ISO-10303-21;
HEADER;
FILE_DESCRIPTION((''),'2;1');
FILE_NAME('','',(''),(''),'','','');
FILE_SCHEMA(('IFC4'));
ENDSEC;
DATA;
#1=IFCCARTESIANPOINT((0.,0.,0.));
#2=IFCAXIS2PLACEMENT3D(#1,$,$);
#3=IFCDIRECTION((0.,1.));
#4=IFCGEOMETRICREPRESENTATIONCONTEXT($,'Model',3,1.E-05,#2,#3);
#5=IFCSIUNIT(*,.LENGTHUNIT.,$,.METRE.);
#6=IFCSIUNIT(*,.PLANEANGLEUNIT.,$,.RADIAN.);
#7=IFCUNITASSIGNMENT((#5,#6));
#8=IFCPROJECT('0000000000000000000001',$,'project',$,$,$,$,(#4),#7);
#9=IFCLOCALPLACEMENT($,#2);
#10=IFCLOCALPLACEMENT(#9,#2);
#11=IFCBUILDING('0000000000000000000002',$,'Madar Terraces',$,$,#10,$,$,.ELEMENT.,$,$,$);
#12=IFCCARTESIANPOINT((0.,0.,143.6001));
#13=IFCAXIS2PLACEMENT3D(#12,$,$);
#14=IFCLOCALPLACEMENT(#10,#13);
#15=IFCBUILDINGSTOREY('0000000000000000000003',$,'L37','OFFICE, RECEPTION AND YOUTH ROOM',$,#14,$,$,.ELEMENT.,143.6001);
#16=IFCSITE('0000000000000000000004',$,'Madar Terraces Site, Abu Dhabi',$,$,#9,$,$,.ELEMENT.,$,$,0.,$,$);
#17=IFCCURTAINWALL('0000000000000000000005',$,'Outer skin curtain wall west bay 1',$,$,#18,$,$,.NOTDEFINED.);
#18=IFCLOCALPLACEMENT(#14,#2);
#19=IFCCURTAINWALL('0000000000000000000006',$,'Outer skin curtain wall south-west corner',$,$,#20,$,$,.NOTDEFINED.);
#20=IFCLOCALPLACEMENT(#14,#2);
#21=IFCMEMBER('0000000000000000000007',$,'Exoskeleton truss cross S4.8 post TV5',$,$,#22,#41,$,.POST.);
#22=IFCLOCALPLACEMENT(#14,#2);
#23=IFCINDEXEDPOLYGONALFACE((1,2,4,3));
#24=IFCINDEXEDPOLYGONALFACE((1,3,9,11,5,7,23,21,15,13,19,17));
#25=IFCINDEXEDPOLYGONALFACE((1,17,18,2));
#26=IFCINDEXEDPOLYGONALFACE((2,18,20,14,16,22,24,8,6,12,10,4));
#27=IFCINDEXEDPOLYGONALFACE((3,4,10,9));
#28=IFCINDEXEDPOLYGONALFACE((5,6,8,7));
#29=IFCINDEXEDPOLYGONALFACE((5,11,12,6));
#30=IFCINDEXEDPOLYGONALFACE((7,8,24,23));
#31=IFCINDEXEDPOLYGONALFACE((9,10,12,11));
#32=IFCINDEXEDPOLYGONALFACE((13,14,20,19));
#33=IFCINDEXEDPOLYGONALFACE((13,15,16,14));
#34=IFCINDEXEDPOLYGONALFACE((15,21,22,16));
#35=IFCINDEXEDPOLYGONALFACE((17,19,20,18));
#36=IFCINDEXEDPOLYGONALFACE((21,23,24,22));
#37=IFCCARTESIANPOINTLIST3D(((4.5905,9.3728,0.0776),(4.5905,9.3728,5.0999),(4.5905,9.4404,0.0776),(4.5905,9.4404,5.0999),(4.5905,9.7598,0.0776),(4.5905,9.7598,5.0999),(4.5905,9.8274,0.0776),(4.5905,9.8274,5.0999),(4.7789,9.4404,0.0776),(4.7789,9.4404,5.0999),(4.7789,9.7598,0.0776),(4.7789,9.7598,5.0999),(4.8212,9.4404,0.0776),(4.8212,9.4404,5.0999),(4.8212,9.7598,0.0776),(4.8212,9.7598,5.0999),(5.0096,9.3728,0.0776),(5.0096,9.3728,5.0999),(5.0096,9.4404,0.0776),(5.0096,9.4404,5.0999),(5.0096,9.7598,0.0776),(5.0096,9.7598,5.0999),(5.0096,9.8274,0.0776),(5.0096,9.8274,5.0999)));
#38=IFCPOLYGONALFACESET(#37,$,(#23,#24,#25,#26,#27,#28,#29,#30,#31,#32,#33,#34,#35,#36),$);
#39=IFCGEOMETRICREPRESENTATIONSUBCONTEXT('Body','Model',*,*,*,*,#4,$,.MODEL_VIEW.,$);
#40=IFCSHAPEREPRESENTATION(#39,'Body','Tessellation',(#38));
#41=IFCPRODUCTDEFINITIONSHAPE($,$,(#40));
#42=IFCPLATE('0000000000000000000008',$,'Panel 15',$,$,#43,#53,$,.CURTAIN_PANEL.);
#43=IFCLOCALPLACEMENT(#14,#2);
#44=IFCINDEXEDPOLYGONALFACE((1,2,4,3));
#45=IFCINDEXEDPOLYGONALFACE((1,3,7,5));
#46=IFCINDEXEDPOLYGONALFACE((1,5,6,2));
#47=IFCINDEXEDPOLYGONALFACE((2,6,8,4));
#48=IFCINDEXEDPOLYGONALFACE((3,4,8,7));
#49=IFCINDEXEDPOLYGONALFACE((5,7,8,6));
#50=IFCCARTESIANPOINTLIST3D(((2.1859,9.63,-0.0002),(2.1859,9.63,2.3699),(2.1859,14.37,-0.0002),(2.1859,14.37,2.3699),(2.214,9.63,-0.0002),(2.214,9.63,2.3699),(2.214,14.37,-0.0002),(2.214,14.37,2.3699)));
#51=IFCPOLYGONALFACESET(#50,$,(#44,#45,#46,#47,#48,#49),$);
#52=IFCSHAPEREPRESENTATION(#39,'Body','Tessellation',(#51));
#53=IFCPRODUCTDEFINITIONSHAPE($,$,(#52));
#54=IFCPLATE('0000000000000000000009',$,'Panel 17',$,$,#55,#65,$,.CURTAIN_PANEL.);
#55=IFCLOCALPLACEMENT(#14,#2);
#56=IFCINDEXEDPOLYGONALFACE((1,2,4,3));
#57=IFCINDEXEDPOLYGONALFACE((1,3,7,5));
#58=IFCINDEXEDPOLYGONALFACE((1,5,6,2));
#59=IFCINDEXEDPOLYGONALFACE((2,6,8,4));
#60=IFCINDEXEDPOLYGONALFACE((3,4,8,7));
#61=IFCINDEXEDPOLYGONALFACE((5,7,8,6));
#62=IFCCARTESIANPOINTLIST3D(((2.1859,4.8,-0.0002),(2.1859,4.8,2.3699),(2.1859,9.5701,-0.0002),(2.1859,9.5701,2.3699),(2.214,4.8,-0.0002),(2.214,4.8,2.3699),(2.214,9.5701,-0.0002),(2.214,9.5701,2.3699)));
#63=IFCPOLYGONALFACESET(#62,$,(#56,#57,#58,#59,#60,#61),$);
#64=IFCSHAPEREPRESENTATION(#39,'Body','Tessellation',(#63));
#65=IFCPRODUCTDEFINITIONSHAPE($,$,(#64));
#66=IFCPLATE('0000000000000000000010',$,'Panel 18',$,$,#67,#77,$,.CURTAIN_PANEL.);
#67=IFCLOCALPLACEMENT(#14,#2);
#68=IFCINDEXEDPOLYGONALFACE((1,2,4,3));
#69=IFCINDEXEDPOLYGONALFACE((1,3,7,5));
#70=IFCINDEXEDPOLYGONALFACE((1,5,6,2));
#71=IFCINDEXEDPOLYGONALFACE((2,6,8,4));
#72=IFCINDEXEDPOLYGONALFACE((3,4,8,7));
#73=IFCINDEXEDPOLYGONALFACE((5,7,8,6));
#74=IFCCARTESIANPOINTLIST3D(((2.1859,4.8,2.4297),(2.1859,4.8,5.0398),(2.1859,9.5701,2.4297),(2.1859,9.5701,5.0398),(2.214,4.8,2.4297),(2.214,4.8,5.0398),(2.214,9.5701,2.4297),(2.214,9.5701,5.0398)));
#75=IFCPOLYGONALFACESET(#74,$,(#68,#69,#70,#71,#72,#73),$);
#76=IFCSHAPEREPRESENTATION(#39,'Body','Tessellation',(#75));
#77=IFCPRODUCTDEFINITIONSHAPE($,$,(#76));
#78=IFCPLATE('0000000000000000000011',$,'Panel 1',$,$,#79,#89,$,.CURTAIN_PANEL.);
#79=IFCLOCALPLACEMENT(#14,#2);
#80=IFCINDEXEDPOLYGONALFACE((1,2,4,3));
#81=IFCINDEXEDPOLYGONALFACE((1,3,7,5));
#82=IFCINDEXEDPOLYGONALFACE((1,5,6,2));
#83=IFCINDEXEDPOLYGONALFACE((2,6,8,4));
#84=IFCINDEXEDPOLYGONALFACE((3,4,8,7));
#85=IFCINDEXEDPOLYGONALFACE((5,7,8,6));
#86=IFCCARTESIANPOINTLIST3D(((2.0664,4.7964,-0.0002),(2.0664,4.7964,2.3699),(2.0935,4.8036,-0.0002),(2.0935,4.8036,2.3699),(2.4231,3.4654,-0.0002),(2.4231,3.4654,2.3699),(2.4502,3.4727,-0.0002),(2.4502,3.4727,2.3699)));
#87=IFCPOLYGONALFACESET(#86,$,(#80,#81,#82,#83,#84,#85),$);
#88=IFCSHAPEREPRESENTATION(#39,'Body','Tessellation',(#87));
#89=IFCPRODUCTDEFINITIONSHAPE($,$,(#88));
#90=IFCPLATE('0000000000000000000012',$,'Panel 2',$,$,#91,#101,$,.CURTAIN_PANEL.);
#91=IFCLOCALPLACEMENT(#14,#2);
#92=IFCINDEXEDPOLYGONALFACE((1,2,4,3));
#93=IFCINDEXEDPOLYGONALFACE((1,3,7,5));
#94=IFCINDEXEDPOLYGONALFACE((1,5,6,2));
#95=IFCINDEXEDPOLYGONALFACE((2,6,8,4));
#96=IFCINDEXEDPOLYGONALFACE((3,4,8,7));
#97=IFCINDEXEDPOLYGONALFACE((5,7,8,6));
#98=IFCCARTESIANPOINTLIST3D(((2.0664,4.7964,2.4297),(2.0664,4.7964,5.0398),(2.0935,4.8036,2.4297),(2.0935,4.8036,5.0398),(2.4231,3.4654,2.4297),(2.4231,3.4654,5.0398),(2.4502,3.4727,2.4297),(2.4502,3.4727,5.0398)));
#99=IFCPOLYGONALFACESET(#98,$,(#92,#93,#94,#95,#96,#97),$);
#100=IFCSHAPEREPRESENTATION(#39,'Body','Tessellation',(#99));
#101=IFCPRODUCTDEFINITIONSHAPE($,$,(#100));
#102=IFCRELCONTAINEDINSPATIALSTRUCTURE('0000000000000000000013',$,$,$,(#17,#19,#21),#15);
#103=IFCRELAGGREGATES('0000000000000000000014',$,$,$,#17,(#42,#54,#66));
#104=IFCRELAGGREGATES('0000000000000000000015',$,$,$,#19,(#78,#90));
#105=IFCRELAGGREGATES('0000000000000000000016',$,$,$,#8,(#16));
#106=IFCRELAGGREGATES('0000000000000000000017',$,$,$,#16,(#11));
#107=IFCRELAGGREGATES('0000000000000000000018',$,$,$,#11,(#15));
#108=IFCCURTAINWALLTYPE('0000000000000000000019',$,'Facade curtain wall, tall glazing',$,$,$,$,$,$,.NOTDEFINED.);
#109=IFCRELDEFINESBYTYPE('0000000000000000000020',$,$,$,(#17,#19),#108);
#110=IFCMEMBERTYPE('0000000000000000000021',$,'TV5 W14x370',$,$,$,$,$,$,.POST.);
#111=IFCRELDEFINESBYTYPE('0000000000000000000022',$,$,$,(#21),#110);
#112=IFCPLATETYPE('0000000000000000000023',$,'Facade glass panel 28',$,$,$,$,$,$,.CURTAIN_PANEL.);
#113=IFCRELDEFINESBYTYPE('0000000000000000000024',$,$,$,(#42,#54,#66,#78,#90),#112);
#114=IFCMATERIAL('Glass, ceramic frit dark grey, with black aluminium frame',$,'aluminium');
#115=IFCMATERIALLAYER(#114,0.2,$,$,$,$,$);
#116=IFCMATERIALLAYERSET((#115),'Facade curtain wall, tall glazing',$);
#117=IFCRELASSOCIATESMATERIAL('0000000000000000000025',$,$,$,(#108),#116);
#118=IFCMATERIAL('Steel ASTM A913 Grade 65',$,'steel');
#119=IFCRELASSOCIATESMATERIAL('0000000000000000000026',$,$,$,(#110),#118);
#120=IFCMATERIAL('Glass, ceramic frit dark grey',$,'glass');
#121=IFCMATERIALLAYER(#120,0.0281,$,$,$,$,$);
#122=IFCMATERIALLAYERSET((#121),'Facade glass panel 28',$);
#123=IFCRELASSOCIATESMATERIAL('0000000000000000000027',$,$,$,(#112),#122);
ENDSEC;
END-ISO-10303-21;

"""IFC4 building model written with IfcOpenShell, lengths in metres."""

from ifc_helpers import new_model, si_unit, direction, frame, origin, origin_2d, place, context, subcontext, project, spatial, rectangle, i_section, extrude, material, layer, layer_set, material_profile, profile_set, type_object, element, aggregate, save


model = new_model("IFC4")

# Units and contexts
model_context = context("Model", 3, precision=1e-05, world=origin(), true_north=direction((0.0, 1.0)))
body_context = subcontext(model_context, "Body", "Model", "MODEL_VIEW")
ifc_project = project(units=[si_unit("LENGTHUNIT", "METRE"), si_unit("PLANEANGLEUNIT", "RADIAN")], contexts=[model_context])

# Site, building, storey
site_placement = place(None, origin())
site = spatial("IfcSite", under=ifc_project, at=site_placement, Name="Madar Terraces Site, Abu Dhabi", CompositionType="ELEMENT", RefElevation=0.0)
building_placement = place(site_placement, origin())
building = spatial("IfcBuilding", under=site, at=building_placement, Name="Madar Terraces", CompositionType="ELEMENT")
storey_placement = place(building_placement, frame((0.0, 0.0, 143.6001)))
storey = spatial("IfcBuildingStorey", under=building, at=storey_placement, Name="L37", Description="OFFICE, RECEPTION AND YOUTH ROOM", CompositionType="ELEMENT", Elevation=143.6001)

# Curtain walls
ifc_material_1 = material(Name="Glass, ceramic frit dark grey, with black aluminium frame", Category="aluminium")
ifc_layer_1 = layer(ifc_material_1, 0.2)
ifc_layer_set_1 = layer_set([ifc_layer_1], Name="Facade curtain wall, tall glazing")
curtain_wall_type = type_object("IfcCurtainWallType", Name="Facade curtain wall, tall glazing", PredefinedType="NOTDEFINED", material=ifc_layer_set_1)
curtain_wall_1_placement = place(storey_placement, origin())
curtain_wall_1 = element("IfcCurtainWall", 1, at=curtain_wall_1_placement, inside=storey, type_object=curtain_wall_type, Name="Outer skin curtain wall west bay 1", PredefinedType="NOTDEFINED")
curtain_wall_2_placement = place(storey_placement, origin())
curtain_wall_2 = element("IfcCurtainWall", 2, at=curtain_wall_2_placement, inside=storey, type_object=curtain_wall_type, Name="Outer skin curtain wall south-west corner", PredefinedType="NOTDEFINED")

# Member
ifc_material_2 = material(Name="Steel ASTM A913 Grade 65", Category="steel")
ifc_material_profile_1 = material_profile(ifc_material_2, i_section(OverallWidth=0.4192, OverallDepth=0.4546, WebThickness=0.0422, FlangeThickness=0.0676, at=origin_2d()), Name="W14x370")
ifc_profile_set_1 = profile_set([ifc_material_profile_1], Name="Steel ASTM A913 Grade 65")
member_type_1 = type_object("IfcMemberType", Name="TV5 W14x370", PredefinedType="POST", material=ifc_profile_set_1)
member_1_placement = place(storey_placement, frame((4.8, 9.6001, 0.0776), z_axis=(0.0, 0.0, 1.0), x_axis=(-1.0, 0.0, 0.0)))
element("IfcMember", 3, at=member_1_placement, inside=storey, type_object=member_type_1, Name="Exoskeleton truss cross S4.8 post TV5", PredefinedType="POST", context=body_context, shape_type="SweptSolid", body=[
    extrude(i_section(OverallWidth=0.4192, OverallDepth=0.4546, WebThickness=0.0422, FlangeThickness=0.0676, at=origin_2d()), origin(), (0.0, 0.0, 1.0), 5.0222),
])

# Plates
ifc_material_3 = material(Name="Glass, ceramic frit dark grey", Category="glass")
ifc_layer_2 = layer(ifc_material_3, 0.0281)
ifc_layer_set_2 = layer_set([ifc_layer_2], Name="Facade glass panel 28")
plate_type = type_object("IfcPlateType", Name="Facade glass panel 28", PredefinedType="CURTAIN_PANEL", material=ifc_layer_set_2)
plate_1_placement = place(storey_placement, frame((2.2, 12.0, -0.0002), z_axis=(0.0, 0.0, 1.0), x_axis=(0.0, -1.0, 0.0)))
plate_1 = element("IfcPlate", 4, at=plate_1_placement, type_object=plate_type, Name="Panel 15", PredefinedType="CURTAIN_PANEL", context=body_context, shape_type="SweptSolid", body=[
    extrude(rectangle(XDim=4.74, YDim=0.0281, at=origin_2d()), origin(), (0.0, 0.0, 1.0), 2.3701),
])
plate_2_placement = place(storey_placement, frame((2.2, 7.1851, -0.0002), z_axis=(0.0, 0.0, 1.0), x_axis=(0.0, -1.0, 0.0)))
plate_2 = element("IfcPlate", 5, at=plate_2_placement, type_object=plate_type, Name="Panel 17", PredefinedType="CURTAIN_PANEL", context=body_context, shape_type="SweptSolid", body=[
    extrude(rectangle(XDim=4.77, YDim=0.0281, at=origin_2d()), origin(), (0.0, 0.0, 1.0), 2.3701),
])
plate_3_placement = place(storey_placement, frame((2.2, 7.1851, 2.4297), z_axis=(0.0, 0.0, 1.0), x_axis=(0.0, -1.0, 0.0)))
plate_3 = element("IfcPlate", 6, at=plate_3_placement, type_object=plate_type, Name="Panel 18", PredefinedType="CURTAIN_PANEL", context=body_context, shape_type="SweptSolid", body=[
    extrude(rectangle(XDim=4.77, YDim=0.0281, at=origin_2d()), origin(), (0.0, 0.0, 1.0), 2.6101),
])
aggregate(curtain_wall_1, [plate_1, plate_2, plate_3])
plate_4_placement = place(storey_placement, frame((2.2583, 4.1345, -0.0002), z_axis=(0.0, 0.0, 1.0), x_axis=(0.258819, -0.965926, 0.0)))
plate_4 = element("IfcPlate", 7, at=plate_4_placement, type_object=plate_type, Name="Panel 1", PredefinedType="CURTAIN_PANEL", context=body_context, shape_type="SweptSolid", body=[
    extrude(rectangle(XDim=1.3779, YDim=0.0281, at=origin_2d()), origin(), (0.0, 0.0, 1.0), 2.3701),
])
plate_5_placement = place(storey_placement, frame((2.2583, 4.1345, 2.4297), z_axis=(0.0, 0.0, 1.0), x_axis=(0.258819, -0.965926, 0.0)))
plate_5 = element("IfcPlate", 8, at=plate_5_placement, type_object=plate_type, Name="Panel 2", PredefinedType="CURTAIN_PANEL", context=body_context, shape_type="SweptSolid", body=[
    extrude(rectangle(XDim=1.3779, YDim=0.0281, at=origin_2d()), origin(), (0.0, 0.0, 1.0), 2.6101),
])
aggregate(curtain_wall_2, [plate_4, plate_5])

save(model, "model.ifc")
